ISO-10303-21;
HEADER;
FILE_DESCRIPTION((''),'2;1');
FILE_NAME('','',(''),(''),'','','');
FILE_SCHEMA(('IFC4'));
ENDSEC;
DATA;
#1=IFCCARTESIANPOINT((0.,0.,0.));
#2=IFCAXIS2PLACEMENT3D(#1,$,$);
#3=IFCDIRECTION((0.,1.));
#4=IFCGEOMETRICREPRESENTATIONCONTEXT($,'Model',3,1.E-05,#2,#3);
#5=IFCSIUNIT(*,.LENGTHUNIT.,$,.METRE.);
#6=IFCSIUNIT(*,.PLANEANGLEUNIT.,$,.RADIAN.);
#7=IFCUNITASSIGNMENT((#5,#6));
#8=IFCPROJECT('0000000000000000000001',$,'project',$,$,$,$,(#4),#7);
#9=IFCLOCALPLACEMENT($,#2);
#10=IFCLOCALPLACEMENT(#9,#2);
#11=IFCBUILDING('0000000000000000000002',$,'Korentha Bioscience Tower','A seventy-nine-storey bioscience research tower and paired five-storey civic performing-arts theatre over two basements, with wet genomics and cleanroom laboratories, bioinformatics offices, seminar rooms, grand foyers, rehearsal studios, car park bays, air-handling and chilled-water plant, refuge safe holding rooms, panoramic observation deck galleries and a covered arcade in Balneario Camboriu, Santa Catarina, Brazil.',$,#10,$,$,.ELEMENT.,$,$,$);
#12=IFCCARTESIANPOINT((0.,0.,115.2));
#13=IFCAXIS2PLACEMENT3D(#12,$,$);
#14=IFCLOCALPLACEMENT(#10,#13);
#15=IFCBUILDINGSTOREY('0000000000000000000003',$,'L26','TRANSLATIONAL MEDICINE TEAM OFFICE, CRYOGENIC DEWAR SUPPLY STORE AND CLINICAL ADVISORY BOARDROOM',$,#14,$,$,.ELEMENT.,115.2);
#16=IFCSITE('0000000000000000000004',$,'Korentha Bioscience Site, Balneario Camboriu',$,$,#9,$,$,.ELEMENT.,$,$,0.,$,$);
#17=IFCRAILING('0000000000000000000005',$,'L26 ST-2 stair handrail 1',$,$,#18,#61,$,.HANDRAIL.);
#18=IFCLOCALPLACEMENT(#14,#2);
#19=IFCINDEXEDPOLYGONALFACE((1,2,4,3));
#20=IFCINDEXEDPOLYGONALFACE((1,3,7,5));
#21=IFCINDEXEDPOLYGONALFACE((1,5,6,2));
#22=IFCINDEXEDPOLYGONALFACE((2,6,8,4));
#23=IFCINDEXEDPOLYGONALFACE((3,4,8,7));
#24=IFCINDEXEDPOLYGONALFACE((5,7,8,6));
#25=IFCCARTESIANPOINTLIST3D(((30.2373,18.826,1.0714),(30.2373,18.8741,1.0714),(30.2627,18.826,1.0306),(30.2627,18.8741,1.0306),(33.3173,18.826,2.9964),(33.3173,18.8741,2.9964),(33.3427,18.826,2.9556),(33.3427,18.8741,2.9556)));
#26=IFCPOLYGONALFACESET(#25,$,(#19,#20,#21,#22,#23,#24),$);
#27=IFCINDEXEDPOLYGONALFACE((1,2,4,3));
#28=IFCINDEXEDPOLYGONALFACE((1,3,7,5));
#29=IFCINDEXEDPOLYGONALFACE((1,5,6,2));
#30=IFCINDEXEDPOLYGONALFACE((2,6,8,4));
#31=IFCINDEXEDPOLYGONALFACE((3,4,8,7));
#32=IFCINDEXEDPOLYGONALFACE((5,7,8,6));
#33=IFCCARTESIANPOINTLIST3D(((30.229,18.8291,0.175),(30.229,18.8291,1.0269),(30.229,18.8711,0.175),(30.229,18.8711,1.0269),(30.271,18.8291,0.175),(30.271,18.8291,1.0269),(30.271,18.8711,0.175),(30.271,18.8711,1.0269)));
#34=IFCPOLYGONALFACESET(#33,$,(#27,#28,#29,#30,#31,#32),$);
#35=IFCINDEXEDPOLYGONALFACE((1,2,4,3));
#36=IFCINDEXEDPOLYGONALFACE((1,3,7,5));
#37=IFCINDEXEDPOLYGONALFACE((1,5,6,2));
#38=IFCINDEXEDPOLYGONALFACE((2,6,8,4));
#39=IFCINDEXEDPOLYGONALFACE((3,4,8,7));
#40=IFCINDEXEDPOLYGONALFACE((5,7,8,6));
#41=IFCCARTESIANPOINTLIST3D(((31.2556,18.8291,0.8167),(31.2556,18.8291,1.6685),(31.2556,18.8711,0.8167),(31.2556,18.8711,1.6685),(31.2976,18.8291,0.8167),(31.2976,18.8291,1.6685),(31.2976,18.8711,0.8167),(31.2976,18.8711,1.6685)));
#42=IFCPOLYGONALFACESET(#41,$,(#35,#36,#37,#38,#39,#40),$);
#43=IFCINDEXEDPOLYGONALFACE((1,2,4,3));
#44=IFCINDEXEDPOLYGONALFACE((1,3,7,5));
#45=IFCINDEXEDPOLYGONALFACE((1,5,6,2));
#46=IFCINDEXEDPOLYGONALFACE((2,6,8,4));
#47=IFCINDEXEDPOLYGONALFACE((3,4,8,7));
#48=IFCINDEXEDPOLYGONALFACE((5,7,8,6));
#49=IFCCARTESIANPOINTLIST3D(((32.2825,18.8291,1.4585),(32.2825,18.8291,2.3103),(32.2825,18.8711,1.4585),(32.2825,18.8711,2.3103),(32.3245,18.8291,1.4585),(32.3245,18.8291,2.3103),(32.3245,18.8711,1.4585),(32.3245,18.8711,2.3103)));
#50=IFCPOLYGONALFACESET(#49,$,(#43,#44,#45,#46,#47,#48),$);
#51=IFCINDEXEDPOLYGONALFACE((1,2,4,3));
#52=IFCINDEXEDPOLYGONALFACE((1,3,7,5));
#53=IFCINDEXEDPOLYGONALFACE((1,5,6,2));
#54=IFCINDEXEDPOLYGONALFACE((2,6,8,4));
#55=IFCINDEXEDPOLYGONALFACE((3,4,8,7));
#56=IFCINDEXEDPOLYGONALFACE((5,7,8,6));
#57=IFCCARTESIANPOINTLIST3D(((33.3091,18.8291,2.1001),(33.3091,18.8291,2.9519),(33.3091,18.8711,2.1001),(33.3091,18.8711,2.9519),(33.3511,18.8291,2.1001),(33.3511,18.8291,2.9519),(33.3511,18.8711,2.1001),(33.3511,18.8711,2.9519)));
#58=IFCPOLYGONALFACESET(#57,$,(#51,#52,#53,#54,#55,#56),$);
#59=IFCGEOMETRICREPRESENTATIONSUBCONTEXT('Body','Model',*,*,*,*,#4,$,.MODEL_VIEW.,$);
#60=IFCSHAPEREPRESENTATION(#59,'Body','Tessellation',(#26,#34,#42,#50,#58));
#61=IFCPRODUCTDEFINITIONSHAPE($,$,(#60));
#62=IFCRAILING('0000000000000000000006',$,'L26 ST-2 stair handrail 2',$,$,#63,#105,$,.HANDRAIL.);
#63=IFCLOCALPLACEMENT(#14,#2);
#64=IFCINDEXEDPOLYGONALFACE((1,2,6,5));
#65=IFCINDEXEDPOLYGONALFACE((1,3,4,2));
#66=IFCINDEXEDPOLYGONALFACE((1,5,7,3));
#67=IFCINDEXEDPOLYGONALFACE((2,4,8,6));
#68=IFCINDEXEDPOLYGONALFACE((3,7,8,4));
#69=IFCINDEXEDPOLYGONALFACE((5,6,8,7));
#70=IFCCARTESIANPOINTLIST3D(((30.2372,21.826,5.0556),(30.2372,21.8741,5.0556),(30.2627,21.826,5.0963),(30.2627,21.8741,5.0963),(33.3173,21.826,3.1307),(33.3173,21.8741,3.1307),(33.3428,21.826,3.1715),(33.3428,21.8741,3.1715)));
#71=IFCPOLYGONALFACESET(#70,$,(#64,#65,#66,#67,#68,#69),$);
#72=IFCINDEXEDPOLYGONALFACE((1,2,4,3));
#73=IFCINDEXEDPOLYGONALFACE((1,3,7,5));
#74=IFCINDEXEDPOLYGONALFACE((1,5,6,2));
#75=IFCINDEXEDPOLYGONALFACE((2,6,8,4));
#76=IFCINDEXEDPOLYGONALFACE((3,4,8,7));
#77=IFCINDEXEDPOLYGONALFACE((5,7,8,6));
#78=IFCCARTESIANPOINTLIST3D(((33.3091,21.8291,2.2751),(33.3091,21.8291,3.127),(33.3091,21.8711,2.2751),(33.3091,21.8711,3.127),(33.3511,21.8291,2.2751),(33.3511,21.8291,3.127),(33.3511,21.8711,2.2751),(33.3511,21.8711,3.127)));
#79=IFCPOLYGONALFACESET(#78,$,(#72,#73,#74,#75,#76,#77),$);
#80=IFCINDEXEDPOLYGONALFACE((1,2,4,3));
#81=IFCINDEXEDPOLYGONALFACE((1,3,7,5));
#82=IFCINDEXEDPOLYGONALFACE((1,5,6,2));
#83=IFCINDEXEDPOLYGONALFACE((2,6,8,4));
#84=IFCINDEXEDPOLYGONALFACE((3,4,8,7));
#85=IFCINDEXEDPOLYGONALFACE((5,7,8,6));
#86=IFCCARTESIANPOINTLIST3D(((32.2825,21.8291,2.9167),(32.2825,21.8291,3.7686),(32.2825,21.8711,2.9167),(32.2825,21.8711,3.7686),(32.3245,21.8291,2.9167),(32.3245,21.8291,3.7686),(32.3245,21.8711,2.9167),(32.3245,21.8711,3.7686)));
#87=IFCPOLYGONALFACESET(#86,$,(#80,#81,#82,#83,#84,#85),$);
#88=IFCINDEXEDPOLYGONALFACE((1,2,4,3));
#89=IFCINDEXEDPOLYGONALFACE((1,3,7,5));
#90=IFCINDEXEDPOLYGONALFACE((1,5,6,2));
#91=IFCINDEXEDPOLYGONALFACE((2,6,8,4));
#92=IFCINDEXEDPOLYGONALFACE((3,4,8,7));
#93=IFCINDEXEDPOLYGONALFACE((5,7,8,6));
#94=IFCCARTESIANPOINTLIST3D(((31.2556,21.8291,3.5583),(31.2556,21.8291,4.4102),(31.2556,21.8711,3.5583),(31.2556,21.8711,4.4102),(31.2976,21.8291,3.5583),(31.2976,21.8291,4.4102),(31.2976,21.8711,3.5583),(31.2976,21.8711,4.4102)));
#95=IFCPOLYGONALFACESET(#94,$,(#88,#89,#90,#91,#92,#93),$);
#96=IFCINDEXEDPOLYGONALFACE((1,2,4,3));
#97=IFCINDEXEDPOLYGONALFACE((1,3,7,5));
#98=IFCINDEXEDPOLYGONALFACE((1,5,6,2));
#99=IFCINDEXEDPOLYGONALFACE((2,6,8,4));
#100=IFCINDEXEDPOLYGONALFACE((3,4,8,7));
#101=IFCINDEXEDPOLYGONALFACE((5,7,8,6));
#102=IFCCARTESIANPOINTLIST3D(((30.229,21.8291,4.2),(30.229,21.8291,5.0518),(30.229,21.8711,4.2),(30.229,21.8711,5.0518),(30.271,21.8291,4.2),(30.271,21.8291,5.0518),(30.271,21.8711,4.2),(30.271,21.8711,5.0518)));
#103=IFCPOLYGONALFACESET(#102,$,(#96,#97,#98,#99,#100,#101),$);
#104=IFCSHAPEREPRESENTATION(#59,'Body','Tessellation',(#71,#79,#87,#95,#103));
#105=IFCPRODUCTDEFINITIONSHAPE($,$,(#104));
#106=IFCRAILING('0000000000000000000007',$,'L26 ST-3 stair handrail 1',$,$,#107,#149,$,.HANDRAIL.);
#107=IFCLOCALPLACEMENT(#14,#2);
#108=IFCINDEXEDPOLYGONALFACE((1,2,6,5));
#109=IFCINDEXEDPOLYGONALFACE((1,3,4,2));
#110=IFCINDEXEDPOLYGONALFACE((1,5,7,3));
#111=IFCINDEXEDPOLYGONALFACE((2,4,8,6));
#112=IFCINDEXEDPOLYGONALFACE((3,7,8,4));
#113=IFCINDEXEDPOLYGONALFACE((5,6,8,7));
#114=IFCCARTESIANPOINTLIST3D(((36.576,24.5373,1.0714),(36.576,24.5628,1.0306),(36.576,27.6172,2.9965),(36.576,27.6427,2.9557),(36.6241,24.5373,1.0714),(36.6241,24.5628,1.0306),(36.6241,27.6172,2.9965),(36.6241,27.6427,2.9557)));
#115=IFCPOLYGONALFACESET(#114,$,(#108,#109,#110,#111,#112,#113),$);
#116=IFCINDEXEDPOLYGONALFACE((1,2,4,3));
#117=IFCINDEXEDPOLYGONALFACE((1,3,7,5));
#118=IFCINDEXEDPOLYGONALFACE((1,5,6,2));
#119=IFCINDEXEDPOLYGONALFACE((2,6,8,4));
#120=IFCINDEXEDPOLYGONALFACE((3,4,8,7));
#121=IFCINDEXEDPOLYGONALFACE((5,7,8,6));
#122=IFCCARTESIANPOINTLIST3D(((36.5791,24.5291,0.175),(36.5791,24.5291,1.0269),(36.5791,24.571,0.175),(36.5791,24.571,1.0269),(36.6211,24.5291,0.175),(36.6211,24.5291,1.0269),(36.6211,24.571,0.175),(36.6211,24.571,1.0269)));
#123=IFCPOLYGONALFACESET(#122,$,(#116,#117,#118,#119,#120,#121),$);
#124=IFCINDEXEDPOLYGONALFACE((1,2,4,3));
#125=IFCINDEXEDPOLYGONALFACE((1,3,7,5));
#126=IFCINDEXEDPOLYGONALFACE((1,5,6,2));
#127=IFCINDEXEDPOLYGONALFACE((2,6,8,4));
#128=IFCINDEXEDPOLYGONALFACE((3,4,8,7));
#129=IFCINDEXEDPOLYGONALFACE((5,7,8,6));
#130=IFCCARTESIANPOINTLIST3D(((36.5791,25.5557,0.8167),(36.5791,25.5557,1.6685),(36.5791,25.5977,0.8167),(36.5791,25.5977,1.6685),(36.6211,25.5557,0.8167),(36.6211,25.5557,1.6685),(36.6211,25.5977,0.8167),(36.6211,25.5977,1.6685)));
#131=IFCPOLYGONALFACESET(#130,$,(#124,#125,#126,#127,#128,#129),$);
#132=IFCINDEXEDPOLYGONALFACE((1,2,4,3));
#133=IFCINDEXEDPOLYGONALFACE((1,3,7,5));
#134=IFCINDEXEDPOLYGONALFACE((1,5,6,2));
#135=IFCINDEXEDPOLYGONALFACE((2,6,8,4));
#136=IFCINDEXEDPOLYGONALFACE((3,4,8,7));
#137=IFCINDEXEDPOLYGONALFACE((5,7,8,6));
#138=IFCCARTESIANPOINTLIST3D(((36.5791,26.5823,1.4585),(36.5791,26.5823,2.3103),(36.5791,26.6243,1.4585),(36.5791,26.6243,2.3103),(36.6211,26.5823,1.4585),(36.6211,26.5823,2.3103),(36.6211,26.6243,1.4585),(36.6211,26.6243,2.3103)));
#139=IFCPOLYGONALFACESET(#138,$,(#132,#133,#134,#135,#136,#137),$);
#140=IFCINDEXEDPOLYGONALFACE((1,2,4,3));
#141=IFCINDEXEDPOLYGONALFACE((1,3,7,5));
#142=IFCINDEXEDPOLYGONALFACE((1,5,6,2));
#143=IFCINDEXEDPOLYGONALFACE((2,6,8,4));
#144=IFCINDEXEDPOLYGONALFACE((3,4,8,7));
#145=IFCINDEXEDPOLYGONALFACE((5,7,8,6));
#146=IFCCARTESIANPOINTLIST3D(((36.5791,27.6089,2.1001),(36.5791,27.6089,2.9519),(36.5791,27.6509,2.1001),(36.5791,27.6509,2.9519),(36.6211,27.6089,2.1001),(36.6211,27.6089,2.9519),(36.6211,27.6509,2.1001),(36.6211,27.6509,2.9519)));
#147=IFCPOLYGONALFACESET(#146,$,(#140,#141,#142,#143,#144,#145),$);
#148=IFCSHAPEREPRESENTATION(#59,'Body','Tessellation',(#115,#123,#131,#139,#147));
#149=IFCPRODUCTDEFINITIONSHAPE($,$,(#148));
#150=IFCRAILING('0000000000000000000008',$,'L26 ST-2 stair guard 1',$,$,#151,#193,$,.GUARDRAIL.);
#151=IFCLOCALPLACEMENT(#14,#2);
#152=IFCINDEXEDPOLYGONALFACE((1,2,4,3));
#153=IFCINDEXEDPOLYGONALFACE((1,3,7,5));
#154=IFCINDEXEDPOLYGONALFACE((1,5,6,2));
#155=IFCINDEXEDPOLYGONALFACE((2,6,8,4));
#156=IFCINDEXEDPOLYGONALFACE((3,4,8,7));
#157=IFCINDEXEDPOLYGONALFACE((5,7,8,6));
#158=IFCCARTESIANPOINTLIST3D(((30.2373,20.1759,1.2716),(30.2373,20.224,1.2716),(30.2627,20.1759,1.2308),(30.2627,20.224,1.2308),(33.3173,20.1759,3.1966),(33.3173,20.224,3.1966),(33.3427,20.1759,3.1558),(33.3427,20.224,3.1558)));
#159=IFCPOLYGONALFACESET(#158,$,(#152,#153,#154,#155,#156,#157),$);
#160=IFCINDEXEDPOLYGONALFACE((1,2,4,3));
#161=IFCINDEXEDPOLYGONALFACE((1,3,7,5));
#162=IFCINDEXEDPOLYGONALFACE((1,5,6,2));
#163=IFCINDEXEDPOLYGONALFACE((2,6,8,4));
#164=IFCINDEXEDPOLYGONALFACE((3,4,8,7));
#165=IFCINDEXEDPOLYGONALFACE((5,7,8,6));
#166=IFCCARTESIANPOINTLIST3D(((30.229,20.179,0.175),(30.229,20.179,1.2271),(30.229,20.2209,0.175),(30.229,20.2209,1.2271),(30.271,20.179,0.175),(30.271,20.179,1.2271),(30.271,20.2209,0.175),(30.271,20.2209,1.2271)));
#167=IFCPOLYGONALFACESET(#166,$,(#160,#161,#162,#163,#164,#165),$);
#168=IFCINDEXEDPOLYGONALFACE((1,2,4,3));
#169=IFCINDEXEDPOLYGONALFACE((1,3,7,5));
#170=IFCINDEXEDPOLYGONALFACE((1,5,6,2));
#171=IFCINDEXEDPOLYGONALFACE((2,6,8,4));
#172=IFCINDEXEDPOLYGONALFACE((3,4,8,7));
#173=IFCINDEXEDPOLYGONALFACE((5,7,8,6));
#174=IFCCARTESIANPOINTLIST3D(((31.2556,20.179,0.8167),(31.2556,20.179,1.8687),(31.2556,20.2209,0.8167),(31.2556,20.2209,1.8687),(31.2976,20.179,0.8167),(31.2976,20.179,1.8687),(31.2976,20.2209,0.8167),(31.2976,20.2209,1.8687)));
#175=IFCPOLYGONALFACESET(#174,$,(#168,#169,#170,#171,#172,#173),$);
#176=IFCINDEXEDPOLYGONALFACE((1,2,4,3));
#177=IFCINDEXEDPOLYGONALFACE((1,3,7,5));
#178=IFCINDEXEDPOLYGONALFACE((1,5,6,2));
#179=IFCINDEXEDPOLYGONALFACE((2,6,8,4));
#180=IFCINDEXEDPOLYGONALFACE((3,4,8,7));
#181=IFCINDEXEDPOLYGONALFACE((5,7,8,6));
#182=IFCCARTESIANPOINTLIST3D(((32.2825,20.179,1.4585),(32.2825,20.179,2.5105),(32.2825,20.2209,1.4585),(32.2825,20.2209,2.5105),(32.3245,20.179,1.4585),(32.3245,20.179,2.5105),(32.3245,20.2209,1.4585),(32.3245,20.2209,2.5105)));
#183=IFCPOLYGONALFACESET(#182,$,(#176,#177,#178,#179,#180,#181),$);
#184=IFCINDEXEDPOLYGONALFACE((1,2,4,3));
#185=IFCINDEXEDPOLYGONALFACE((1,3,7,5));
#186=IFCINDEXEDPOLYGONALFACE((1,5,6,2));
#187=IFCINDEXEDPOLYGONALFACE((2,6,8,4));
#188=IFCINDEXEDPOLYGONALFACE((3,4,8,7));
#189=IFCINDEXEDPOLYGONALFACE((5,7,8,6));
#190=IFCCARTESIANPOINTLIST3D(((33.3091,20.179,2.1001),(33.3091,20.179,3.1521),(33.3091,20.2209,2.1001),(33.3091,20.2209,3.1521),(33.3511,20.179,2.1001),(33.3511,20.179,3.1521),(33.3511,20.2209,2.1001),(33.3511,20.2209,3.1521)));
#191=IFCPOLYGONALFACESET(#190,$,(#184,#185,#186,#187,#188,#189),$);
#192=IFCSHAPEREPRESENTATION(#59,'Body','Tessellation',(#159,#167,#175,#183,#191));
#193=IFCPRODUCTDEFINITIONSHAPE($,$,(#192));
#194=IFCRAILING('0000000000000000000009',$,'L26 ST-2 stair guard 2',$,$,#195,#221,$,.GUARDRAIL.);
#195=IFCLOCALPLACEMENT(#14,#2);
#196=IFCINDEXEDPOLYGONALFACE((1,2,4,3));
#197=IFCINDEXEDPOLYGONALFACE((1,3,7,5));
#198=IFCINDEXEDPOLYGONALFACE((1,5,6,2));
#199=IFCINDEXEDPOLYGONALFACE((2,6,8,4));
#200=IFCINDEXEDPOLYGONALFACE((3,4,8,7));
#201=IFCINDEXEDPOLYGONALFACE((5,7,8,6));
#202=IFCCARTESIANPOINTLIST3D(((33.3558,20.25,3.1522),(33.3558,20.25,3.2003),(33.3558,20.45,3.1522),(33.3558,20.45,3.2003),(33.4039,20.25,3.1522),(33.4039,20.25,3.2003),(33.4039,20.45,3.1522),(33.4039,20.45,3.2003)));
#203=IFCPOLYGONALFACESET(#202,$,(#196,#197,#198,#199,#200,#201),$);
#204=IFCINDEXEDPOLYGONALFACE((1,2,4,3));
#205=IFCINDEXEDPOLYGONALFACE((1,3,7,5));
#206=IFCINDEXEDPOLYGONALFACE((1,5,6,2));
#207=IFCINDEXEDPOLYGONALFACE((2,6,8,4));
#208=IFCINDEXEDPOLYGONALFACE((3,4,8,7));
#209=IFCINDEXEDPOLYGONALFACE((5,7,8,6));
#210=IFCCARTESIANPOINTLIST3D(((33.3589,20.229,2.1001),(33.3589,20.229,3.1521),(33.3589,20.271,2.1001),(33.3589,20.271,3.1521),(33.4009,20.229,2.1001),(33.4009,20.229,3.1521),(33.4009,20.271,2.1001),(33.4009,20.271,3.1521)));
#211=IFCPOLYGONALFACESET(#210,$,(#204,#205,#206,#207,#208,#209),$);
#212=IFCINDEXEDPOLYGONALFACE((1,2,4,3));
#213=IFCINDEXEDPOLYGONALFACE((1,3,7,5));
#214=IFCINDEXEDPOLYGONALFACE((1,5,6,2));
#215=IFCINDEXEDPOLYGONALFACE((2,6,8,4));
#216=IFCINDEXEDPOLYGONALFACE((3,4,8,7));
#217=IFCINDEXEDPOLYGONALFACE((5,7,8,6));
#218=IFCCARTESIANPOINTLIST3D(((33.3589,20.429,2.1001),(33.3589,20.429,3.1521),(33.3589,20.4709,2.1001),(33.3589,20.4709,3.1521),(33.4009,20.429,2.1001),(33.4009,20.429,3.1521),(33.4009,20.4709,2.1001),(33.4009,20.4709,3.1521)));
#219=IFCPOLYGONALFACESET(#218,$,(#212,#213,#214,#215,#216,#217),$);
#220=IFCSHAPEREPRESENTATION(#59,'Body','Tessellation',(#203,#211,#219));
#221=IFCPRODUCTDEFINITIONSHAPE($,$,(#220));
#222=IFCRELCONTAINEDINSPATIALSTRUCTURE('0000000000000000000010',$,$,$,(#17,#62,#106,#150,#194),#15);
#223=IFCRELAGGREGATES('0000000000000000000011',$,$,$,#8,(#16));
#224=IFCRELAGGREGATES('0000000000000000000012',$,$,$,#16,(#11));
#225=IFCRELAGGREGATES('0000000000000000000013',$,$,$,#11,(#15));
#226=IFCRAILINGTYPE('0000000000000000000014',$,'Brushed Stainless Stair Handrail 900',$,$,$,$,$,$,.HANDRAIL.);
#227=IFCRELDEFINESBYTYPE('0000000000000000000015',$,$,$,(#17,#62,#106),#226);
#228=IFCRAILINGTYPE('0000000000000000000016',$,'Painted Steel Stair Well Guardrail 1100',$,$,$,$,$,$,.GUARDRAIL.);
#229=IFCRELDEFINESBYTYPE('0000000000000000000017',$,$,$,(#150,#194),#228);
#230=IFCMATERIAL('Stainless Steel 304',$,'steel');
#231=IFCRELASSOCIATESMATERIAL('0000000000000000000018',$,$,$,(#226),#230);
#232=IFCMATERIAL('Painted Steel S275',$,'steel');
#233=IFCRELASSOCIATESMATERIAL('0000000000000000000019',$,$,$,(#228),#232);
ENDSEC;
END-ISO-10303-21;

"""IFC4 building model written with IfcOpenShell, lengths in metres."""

from ifc_helpers import new_model, si_unit, direction, frame, origin, origin_2d, place, context, subcontext, project, spatial, rectangle, extrude, material, type_object, element, save


model = new_model("IFC4")

# Units and contexts
model_context = context("Model", 3, precision=1e-05, world=origin(), true_north=direction((0.0, 1.0)))
body_context = subcontext(model_context, "Body", "Model", "MODEL_VIEW")
ifc_project = project(units=[si_unit("LENGTHUNIT", "METRE"), si_unit("PLANEANGLEUNIT", "RADIAN")], contexts=[model_context])

# Site, building, storey
site_placement = place(None, origin())
site = spatial("IfcSite", under=ifc_project, at=site_placement, Name="Korentha Bioscience Site, Balneario Camboriu", CompositionType="ELEMENT", RefElevation=0.0)
building_placement = place(site_placement, origin())
building = spatial("IfcBuilding", under=site, at=building_placement, Name="Korentha Bioscience Tower", Description="A seventy-nine-storey bioscience research tower and paired five-storey civic performing-arts theatre over two basements, with wet genomics and cleanroom laboratories, bioinformatics offices, seminar rooms, grand foyers, rehearsal studios, car park bays, air-handling and chilled-water plant, refuge safe holding rooms, panoramic observation deck galleries and a covered arcade in Balneario Camboriu, Santa Catarina, Brazil.", CompositionType="ELEMENT")
storey_placement = place(building_placement, frame((0.0, 0.0, 115.2)))
storey = spatial("IfcBuildingStorey", under=building, at=storey_placement, Name="L26", Description="TRANSLATIONAL MEDICINE TEAM OFFICE, CRYOGENIC DEWAR SUPPLY STORE AND CLINICAL ADVISORY BOARDROOM", CompositionType="ELEMENT", Elevation=115.2)

# Railings
ifc_material_1 = material(Name="Stainless Steel 304", Category="steel")
railing_type_1 = type_object("IfcRailingType", Name="Brushed Stainless Stair Handrail 900", PredefinedType="HANDRAIL", material=ifc_material_1)
railing_1_placement = place(storey_placement, frame((30.25, 18.8501, 0.175)))
element("IfcRailing", 1, at=railing_1_placement, inside=storey, type_object=railing_type_1, Name="L26 ST-2 stair handrail 1", PredefinedType="HANDRAIL", context=body_context, shape_type="SweptSolid", body=[
    extrude(rectangle(XDim=0.0481, YDim=0.0481, at=origin_2d()), frame((0.0, 0.0, 0.876), z_axis=(0.847998, 0.0, 0.529999), x_axis=(0.0, 1.0, 0.0)), (0.0, 0.0, 1.0), 3.6321),
    extrude(rectangle(XDim=0.042, YDim=0.042, at=origin_2d()), origin(), (0.0, 0.0, 1.0), 0.8518),
    extrude(rectangle(XDim=0.042, YDim=0.042, at=origin_2d()), frame((1.0266, 0.0, 0.6416)), (0.0, 0.0, 1.0), 0.8518),
    extrude(rectangle(XDim=0.042, YDim=0.042, at=origin_2d()), frame((2.0535, 0.0, 1.2834)), (0.0, 0.0, 1.0), 0.8518),
    extrude(rectangle(XDim=0.042, YDim=0.042, at=origin_2d()), frame((3.0801, 0.0, 1.925)), (0.0, 0.0, 1.0), 0.8518),
])
railing_2_placement = place(storey_placement, frame((33.3301, 21.8501, 2.2751)))
element("IfcRailing", 2, at=railing_2_placement, inside=storey, type_object=railing_type_1, Name="L26 ST-2 stair handrail 2", PredefinedType="HANDRAIL", context=body_context, shape_type="SweptSolid", body=[
    extrude(rectangle(XDim=0.0481, YDim=0.0481, at=origin_2d()), frame((0.0, 0.0, 0.876), z_axis=(-0.848029, 0.0, 0.529951), x_axis=(0.0, -1.0, 0.0)), (0.0, 0.0, 1.0), 3.6321),
    extrude(rectangle(XDim=0.042, YDim=0.042, at=origin_2d()), origin(), (0.0, 0.0, 1.0), 0.8518),
    extrude(rectangle(XDim=0.042, YDim=0.042, at=origin_2d()), frame((-1.0266, 0.0, 0.6416)), (0.0, 0.0, 1.0), 0.8518),
    extrude(rectangle(XDim=0.042, YDim=0.042, at=origin_2d()), frame((-2.0535, 0.0, 1.2832)), (0.0, 0.0, 1.0), 0.8518),
    extrude(rectangle(XDim=0.042, YDim=0.042, at=origin_2d()), frame((-3.0801, 0.0, 1.9248)), (0.0, 0.0, 1.0), 0.8518),
])
railing_3_placement = place(storey_placement, frame((36.6001, 24.55, 0.175)))
element("IfcRailing", 3, at=railing_3_placement, inside=storey, type_object=railing_type_1, Name="L26 ST-3 stair handrail 1", PredefinedType="HANDRAIL", context=body_context, shape_type="SweptSolid", body=[
    extrude(rectangle(XDim=0.0481, YDim=0.0481, at=origin_2d()), frame((0.0, 0.0, 0.876), z_axis=(0.0, 0.847979, 0.530029), x_axis=(-1.0, 0.0, 0.0)), (0.0, 0.0, 1.0), 3.6321),
    extrude(rectangle(XDim=0.042, YDim=0.042, at=origin_2d()), origin(), (0.0, 0.0, 1.0), 0.8518),
    extrude(rectangle(XDim=0.042, YDim=0.042, at=origin_2d()), frame((0.0, 1.0266, 0.6416)), (0.0, 0.0, 1.0), 0.8518),
    extrude(rectangle(XDim=0.042, YDim=0.042, at=origin_2d()), frame((0.0, 2.0532, 1.2834)), (0.0, 0.0, 1.0), 0.8518),
    extrude(rectangle(XDim=0.042, YDim=0.042, at=origin_2d()), frame((0.0, 3.0798, 1.925)), (0.0, 0.0, 1.0), 0.8518),
])
ifc_material_2 = material(Name="Painted Steel S275", Category="steel")
railing_type_2 = type_object("IfcRailingType", Name="Painted Steel Stair Well Guardrail 1100", PredefinedType="GUARDRAIL", material=ifc_material_2)
railing_4_placement = place(storey_placement, frame((30.25, 20.2, 0.175)))
element("IfcRailing", 4, at=railing_4_placement, inside=storey, type_object=railing_type_2, Name="L26 ST-2 stair guard 1", PredefinedType="GUARDRAIL", context=body_context, shape_type="SweptSolid", body=[
    extrude(rectangle(XDim=0.0481, YDim=0.0481, at=origin_2d()), frame((0.0, 0.0, 1.0762), z_axis=(0.847998, 0.0, 0.529999), x_axis=(0.0, 1.0, 0.0)), (0.0, 0.0, 1.0), 3.6321),
    extrude(rectangle(XDim=0.042, YDim=0.042, at=origin_2d()), origin(), (0.0, 0.0, 1.0), 1.052),
    extrude(rectangle(XDim=0.042, YDim=0.042, at=origin_2d()), frame((1.0266, 0.0, 0.6416)), (0.0, 0.0, 1.0), 1.052),
    extrude(rectangle(XDim=0.042, YDim=0.042, at=origin_2d()), frame((2.0535, 0.0, 1.2834)), (0.0, 0.0, 1.0), 1.052),
    extrude(rectangle(XDim=0.042, YDim=0.042, at=origin_2d()), frame((3.0801, 0.0, 1.925)), (0.0, 0.0, 1.0), 1.052),
])
railing_5_placement = place(storey_placement, frame((33.3799, 20.25, 2.1001)))
element("IfcRailing", 5, at=railing_5_placement, inside=storey, type_object=railing_type_2, Name="L26 ST-2 stair guard 2", PredefinedType="GUARDRAIL", context=body_context, shape_type="SweptSolid", body=[
    extrude(rectangle(XDim=0.0481, YDim=0.0481, at=origin_2d()), frame((0.0, 0.0, 1.0762), z_axis=(0.0, 1.0, 0.0), x_axis=(-1.0, 0.0, 0.0)), (0.0, 0.0, 1.0), 0.2),
    extrude(rectangle(XDim=0.042, YDim=0.042, at=origin_2d()), origin(), (0.0, 0.0, 1.0), 1.052),
    extrude(rectangle(XDim=0.042, YDim=0.042, at=origin_2d()), frame((0.0, 0.2, 0.0)), (0.0, 0.0, 1.0), 1.052),
])

save(model, "model.ifc")
